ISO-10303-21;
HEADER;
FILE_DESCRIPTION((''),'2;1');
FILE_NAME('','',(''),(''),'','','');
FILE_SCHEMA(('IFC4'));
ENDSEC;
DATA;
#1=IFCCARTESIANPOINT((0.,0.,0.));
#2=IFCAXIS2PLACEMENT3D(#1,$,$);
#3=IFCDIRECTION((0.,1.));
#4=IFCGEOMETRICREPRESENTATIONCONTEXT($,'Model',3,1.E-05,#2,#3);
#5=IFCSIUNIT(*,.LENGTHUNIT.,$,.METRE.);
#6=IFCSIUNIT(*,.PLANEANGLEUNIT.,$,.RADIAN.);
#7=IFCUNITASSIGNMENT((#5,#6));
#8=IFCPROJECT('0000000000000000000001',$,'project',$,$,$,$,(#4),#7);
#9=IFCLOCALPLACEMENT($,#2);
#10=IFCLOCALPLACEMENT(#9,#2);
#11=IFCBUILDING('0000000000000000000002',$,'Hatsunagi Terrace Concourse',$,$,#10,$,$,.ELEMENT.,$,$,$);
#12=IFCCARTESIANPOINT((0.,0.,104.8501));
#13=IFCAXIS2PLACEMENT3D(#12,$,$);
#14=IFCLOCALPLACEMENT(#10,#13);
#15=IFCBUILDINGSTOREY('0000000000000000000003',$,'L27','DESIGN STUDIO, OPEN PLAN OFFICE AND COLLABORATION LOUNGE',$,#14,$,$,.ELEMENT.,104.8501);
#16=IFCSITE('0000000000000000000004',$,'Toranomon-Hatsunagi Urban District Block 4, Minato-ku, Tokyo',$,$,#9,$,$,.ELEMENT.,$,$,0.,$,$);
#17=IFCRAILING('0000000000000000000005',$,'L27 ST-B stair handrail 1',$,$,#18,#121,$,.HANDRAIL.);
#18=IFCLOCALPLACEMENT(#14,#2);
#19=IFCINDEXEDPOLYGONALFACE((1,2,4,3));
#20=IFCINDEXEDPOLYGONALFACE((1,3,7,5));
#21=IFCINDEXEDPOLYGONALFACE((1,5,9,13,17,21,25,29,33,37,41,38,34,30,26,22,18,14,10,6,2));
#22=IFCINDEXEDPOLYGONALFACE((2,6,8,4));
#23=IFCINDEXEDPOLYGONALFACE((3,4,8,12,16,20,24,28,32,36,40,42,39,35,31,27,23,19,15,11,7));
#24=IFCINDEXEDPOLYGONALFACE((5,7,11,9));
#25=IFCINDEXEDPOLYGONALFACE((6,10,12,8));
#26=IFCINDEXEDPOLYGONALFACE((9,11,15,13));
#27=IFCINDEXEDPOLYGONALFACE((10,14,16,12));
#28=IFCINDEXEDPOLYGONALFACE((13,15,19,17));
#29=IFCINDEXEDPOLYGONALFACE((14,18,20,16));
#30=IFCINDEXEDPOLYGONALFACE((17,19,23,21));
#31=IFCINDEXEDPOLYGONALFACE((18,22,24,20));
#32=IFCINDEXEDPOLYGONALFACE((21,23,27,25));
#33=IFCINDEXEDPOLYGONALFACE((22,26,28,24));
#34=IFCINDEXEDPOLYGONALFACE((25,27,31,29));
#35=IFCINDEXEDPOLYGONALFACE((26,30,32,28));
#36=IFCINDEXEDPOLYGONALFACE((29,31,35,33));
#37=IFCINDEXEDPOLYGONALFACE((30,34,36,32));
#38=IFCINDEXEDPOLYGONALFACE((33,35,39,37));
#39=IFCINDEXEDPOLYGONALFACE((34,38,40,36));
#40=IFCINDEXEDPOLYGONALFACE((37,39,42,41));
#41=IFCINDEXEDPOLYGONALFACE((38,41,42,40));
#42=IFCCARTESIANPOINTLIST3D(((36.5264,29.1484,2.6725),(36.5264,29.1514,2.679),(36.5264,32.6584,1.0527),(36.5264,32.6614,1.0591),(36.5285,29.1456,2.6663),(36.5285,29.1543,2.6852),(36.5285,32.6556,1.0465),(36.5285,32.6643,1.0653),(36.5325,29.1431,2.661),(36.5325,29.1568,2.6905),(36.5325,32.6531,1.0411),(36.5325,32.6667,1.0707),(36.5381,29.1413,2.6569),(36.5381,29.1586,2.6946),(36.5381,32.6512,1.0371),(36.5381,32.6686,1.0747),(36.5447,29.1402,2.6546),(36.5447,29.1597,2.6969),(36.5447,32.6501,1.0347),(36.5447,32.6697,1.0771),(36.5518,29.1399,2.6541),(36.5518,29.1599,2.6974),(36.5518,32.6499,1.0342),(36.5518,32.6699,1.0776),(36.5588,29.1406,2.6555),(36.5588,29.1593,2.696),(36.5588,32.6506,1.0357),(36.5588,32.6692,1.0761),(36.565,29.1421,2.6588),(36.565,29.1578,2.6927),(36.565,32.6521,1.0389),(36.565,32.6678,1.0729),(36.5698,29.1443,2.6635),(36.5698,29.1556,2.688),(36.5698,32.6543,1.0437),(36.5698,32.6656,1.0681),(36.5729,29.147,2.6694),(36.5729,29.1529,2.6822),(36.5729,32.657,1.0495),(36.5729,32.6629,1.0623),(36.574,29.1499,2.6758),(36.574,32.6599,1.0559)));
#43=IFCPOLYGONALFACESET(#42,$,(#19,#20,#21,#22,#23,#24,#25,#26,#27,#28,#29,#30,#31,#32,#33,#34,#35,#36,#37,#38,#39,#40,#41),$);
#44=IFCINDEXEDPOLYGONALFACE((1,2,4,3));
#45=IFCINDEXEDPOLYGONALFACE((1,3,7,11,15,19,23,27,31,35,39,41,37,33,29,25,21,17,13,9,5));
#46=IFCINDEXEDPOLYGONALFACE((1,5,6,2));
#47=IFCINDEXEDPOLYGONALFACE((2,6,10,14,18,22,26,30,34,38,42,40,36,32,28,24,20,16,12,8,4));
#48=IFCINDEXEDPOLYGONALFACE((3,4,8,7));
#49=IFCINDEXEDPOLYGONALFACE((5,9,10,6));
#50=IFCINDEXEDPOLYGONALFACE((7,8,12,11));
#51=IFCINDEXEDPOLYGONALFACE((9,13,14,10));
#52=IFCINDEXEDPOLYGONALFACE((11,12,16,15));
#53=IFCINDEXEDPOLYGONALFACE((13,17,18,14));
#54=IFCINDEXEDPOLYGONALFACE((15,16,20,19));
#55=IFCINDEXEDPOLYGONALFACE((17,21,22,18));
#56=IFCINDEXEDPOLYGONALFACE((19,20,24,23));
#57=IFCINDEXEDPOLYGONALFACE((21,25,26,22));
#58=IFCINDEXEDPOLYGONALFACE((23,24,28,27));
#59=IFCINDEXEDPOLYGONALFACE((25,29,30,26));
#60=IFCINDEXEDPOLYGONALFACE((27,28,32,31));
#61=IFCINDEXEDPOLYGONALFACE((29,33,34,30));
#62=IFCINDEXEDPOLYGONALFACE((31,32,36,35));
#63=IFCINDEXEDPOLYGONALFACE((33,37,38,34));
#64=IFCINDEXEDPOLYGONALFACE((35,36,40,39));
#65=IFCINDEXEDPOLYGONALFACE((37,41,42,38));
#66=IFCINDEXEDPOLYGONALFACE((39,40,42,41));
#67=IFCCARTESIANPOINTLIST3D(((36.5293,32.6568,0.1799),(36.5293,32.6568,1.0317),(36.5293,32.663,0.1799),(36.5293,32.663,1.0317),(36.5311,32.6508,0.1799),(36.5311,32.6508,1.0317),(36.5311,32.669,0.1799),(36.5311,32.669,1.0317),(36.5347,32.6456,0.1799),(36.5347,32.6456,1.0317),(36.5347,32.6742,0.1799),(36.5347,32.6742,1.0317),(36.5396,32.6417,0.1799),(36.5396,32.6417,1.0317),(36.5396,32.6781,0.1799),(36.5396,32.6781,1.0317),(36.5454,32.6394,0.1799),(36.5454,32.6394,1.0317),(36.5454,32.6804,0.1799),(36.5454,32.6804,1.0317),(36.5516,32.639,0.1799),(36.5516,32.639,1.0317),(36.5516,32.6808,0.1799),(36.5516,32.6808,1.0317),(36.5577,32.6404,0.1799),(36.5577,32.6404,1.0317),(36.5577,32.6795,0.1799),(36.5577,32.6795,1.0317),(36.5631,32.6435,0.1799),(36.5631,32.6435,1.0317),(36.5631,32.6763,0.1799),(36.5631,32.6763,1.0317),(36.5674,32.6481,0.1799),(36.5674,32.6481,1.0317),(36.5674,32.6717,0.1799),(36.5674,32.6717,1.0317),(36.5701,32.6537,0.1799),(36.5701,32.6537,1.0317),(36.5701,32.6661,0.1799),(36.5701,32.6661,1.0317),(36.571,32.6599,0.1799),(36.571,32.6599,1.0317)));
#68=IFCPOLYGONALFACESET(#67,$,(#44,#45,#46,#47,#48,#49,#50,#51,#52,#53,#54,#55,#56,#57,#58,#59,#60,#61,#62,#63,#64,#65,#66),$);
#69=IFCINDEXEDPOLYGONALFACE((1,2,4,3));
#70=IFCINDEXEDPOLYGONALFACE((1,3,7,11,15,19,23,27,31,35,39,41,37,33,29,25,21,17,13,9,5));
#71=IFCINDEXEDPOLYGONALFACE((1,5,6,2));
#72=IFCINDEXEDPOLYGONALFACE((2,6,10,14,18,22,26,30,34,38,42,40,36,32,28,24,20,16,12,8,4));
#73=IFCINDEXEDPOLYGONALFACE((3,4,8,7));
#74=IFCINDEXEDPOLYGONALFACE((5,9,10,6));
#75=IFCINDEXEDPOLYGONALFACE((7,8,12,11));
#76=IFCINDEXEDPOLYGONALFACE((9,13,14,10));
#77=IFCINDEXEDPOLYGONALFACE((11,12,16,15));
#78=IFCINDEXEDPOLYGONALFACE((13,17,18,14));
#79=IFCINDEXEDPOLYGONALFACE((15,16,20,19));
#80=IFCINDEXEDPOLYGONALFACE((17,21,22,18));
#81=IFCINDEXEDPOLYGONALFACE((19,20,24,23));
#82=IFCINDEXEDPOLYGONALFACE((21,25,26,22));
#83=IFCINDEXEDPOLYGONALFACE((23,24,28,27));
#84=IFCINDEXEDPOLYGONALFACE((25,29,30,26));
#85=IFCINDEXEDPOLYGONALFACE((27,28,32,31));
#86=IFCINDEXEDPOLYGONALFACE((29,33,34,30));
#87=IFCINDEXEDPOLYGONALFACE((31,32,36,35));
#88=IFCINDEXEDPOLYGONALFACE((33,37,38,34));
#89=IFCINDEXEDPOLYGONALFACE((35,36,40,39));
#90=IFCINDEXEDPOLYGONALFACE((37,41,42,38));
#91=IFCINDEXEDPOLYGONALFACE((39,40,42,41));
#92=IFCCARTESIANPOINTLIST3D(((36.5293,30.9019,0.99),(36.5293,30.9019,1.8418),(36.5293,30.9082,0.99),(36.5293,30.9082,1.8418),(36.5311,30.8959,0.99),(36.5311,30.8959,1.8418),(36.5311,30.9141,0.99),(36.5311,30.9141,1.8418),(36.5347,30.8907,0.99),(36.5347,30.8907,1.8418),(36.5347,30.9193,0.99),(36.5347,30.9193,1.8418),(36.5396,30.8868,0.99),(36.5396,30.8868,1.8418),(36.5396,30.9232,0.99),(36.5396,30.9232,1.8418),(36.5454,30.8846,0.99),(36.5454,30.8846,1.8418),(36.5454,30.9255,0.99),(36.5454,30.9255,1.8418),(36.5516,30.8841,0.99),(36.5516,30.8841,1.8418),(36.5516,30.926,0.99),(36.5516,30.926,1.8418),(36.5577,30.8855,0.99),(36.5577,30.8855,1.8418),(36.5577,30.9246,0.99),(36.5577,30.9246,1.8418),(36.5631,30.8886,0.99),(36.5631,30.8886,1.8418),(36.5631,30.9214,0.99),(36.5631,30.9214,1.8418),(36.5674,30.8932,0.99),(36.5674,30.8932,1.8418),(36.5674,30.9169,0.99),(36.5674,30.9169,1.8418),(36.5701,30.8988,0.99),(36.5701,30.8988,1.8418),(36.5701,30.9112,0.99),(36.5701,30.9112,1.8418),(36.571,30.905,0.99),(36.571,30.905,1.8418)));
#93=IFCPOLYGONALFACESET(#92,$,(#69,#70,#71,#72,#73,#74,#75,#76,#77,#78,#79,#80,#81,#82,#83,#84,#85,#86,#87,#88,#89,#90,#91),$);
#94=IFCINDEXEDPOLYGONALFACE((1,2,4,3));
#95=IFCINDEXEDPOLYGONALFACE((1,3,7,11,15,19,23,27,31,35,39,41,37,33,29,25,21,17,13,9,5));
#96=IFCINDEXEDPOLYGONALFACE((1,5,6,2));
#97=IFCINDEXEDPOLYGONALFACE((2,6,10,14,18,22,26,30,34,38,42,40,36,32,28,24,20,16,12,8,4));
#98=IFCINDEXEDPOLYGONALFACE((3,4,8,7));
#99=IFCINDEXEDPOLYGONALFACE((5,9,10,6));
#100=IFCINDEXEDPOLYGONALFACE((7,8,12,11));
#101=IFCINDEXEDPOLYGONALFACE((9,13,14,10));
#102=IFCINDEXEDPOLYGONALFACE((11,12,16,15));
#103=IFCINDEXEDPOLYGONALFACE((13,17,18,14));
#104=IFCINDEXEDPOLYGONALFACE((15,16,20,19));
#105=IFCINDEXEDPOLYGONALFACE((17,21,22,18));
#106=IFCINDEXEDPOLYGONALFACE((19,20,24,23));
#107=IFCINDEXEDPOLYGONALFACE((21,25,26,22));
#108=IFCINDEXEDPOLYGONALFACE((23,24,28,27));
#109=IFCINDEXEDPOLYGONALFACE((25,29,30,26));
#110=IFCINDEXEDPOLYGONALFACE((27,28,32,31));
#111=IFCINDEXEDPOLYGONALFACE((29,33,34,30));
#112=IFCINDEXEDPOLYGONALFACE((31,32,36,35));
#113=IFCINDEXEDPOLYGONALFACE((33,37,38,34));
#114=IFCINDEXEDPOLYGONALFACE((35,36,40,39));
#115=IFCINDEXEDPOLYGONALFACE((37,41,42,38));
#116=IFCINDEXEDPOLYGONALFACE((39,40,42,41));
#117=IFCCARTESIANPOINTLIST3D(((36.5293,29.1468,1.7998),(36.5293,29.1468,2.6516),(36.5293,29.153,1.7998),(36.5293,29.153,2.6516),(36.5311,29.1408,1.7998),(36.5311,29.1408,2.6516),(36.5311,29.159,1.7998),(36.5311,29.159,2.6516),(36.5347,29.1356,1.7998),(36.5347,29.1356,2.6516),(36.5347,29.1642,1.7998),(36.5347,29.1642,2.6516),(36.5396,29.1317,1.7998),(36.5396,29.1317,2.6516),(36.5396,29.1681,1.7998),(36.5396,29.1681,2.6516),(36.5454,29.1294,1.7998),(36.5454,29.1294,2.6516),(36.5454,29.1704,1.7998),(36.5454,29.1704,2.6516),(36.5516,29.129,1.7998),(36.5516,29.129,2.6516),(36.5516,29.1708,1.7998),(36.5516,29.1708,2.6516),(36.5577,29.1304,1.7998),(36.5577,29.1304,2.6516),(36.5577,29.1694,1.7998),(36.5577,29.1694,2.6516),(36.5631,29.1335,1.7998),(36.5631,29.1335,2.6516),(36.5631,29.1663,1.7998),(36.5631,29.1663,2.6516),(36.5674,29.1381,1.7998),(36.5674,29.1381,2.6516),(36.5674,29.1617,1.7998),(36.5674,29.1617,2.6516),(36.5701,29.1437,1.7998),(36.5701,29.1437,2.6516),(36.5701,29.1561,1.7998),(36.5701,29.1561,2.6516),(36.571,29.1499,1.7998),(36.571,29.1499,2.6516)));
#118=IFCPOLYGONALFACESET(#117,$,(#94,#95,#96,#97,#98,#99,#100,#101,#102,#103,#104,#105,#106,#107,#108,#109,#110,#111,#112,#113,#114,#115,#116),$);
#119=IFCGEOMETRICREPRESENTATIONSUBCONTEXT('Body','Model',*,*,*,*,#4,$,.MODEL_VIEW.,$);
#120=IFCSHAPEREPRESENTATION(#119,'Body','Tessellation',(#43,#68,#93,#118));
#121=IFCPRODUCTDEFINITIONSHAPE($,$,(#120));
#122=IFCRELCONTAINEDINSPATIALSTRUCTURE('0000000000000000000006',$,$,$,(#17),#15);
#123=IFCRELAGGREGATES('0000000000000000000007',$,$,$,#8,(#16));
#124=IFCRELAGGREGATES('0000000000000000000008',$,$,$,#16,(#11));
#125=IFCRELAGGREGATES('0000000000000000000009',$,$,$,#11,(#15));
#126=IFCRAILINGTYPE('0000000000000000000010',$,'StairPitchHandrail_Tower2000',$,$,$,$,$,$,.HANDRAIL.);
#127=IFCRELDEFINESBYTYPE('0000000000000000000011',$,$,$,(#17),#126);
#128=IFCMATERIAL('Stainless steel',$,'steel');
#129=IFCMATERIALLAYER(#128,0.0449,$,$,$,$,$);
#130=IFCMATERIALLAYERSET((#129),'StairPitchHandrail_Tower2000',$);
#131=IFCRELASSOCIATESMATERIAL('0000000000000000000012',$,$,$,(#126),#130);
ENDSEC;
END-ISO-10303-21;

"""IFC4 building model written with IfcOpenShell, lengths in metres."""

from ifc_helpers import new_model, si_unit, direction, frame, origin, origin_2d, place, context, subcontext, project, spatial, circle, extrude, material, layer, layer_set, type_object, element, save


model = new_model("IFC4")

# Units and contexts
model_context = context("Model", 3, precision=1e-05, world=origin(), true_north=direction((0.0, 1.0)))
body_context = subcontext(model_context, "Body", "Model", "MODEL_VIEW")
ifc_project = project(units=[si_unit("LENGTHUNIT", "METRE"), si_unit("PLANEANGLEUNIT", "RADIAN")], contexts=[model_context])

# Site, building, storey
site_placement = place(None, origin())
site = spatial("IfcSite", under=ifc_project, at=site_placement, Name="Toranomon-Hatsunagi Urban District Block 4, Minato-ku, Tokyo", CompositionType="ELEMENT", RefElevation=0.0)
building_placement = place(site_placement, origin())
building = spatial("IfcBuilding", under=site, at=building_placement, Name="Hatsunagi Terrace Concourse", CompositionType="ELEMENT")
storey_placement = place(building_placement, frame((0.0, 0.0, 104.8501)))
storey = spatial("IfcBuildingStorey", under=building, at=storey_placement, Name="L27", Description="DESIGN STUDIO, OPEN PLAN OFFICE AND COLLABORATION LOUNGE", CompositionType="ELEMENT", Elevation=104.8501)

# Railing
ifc_material_1 = material(Name="Stainless steel", Category="steel")
ifc_layer_1 = layer(ifc_material_1, 0.0449)
ifc_layer_set_1 = layer_set([ifc_layer_1], Name="StairPitchHandrail_Tower2000")
railing_type_1 = type_object("IfcRailingType", Name="StairPitchHandrail_Tower2000", PredefinedType="HANDRAIL", material=ifc_layer_set_1)
railing_1_placement = place(storey_placement, frame((36.55, 32.6599, 0.1799)))
element("IfcRailing", 1, at=railing_1_placement, inside=storey, type_object=railing_type_1, Name="L27 ST-B stair handrail 1", PredefinedType="HANDRAIL", context=body_context, shape_type="SweptSolid", body=[
    extrude(circle(Radius=0.0239, at=origin_2d()), frame((0.0, 0.0, 0.876), z_axis=(0.0, -0.907972, 0.41903), x_axis=(1.0, 0.0, 0.0)), (0.0, 0.0, 1.0), 3.8657),
    extrude(circle(Radius=0.021, at=origin_2d()), origin(), (0.0, 0.0, 1.0), 0.8518),
    extrude(circle(Radius=0.021, at=origin_2d()), frame((0.0, -1.7549, 0.8101)), (0.0, 0.0, 1.0), 0.8518),
    extrude(circle(Radius=0.021, at=origin_2d()), frame((0.0, -3.51, 1.6199)), (0.0, 0.0, 1.0), 0.8518),
])

save(model, "model.ifc")
